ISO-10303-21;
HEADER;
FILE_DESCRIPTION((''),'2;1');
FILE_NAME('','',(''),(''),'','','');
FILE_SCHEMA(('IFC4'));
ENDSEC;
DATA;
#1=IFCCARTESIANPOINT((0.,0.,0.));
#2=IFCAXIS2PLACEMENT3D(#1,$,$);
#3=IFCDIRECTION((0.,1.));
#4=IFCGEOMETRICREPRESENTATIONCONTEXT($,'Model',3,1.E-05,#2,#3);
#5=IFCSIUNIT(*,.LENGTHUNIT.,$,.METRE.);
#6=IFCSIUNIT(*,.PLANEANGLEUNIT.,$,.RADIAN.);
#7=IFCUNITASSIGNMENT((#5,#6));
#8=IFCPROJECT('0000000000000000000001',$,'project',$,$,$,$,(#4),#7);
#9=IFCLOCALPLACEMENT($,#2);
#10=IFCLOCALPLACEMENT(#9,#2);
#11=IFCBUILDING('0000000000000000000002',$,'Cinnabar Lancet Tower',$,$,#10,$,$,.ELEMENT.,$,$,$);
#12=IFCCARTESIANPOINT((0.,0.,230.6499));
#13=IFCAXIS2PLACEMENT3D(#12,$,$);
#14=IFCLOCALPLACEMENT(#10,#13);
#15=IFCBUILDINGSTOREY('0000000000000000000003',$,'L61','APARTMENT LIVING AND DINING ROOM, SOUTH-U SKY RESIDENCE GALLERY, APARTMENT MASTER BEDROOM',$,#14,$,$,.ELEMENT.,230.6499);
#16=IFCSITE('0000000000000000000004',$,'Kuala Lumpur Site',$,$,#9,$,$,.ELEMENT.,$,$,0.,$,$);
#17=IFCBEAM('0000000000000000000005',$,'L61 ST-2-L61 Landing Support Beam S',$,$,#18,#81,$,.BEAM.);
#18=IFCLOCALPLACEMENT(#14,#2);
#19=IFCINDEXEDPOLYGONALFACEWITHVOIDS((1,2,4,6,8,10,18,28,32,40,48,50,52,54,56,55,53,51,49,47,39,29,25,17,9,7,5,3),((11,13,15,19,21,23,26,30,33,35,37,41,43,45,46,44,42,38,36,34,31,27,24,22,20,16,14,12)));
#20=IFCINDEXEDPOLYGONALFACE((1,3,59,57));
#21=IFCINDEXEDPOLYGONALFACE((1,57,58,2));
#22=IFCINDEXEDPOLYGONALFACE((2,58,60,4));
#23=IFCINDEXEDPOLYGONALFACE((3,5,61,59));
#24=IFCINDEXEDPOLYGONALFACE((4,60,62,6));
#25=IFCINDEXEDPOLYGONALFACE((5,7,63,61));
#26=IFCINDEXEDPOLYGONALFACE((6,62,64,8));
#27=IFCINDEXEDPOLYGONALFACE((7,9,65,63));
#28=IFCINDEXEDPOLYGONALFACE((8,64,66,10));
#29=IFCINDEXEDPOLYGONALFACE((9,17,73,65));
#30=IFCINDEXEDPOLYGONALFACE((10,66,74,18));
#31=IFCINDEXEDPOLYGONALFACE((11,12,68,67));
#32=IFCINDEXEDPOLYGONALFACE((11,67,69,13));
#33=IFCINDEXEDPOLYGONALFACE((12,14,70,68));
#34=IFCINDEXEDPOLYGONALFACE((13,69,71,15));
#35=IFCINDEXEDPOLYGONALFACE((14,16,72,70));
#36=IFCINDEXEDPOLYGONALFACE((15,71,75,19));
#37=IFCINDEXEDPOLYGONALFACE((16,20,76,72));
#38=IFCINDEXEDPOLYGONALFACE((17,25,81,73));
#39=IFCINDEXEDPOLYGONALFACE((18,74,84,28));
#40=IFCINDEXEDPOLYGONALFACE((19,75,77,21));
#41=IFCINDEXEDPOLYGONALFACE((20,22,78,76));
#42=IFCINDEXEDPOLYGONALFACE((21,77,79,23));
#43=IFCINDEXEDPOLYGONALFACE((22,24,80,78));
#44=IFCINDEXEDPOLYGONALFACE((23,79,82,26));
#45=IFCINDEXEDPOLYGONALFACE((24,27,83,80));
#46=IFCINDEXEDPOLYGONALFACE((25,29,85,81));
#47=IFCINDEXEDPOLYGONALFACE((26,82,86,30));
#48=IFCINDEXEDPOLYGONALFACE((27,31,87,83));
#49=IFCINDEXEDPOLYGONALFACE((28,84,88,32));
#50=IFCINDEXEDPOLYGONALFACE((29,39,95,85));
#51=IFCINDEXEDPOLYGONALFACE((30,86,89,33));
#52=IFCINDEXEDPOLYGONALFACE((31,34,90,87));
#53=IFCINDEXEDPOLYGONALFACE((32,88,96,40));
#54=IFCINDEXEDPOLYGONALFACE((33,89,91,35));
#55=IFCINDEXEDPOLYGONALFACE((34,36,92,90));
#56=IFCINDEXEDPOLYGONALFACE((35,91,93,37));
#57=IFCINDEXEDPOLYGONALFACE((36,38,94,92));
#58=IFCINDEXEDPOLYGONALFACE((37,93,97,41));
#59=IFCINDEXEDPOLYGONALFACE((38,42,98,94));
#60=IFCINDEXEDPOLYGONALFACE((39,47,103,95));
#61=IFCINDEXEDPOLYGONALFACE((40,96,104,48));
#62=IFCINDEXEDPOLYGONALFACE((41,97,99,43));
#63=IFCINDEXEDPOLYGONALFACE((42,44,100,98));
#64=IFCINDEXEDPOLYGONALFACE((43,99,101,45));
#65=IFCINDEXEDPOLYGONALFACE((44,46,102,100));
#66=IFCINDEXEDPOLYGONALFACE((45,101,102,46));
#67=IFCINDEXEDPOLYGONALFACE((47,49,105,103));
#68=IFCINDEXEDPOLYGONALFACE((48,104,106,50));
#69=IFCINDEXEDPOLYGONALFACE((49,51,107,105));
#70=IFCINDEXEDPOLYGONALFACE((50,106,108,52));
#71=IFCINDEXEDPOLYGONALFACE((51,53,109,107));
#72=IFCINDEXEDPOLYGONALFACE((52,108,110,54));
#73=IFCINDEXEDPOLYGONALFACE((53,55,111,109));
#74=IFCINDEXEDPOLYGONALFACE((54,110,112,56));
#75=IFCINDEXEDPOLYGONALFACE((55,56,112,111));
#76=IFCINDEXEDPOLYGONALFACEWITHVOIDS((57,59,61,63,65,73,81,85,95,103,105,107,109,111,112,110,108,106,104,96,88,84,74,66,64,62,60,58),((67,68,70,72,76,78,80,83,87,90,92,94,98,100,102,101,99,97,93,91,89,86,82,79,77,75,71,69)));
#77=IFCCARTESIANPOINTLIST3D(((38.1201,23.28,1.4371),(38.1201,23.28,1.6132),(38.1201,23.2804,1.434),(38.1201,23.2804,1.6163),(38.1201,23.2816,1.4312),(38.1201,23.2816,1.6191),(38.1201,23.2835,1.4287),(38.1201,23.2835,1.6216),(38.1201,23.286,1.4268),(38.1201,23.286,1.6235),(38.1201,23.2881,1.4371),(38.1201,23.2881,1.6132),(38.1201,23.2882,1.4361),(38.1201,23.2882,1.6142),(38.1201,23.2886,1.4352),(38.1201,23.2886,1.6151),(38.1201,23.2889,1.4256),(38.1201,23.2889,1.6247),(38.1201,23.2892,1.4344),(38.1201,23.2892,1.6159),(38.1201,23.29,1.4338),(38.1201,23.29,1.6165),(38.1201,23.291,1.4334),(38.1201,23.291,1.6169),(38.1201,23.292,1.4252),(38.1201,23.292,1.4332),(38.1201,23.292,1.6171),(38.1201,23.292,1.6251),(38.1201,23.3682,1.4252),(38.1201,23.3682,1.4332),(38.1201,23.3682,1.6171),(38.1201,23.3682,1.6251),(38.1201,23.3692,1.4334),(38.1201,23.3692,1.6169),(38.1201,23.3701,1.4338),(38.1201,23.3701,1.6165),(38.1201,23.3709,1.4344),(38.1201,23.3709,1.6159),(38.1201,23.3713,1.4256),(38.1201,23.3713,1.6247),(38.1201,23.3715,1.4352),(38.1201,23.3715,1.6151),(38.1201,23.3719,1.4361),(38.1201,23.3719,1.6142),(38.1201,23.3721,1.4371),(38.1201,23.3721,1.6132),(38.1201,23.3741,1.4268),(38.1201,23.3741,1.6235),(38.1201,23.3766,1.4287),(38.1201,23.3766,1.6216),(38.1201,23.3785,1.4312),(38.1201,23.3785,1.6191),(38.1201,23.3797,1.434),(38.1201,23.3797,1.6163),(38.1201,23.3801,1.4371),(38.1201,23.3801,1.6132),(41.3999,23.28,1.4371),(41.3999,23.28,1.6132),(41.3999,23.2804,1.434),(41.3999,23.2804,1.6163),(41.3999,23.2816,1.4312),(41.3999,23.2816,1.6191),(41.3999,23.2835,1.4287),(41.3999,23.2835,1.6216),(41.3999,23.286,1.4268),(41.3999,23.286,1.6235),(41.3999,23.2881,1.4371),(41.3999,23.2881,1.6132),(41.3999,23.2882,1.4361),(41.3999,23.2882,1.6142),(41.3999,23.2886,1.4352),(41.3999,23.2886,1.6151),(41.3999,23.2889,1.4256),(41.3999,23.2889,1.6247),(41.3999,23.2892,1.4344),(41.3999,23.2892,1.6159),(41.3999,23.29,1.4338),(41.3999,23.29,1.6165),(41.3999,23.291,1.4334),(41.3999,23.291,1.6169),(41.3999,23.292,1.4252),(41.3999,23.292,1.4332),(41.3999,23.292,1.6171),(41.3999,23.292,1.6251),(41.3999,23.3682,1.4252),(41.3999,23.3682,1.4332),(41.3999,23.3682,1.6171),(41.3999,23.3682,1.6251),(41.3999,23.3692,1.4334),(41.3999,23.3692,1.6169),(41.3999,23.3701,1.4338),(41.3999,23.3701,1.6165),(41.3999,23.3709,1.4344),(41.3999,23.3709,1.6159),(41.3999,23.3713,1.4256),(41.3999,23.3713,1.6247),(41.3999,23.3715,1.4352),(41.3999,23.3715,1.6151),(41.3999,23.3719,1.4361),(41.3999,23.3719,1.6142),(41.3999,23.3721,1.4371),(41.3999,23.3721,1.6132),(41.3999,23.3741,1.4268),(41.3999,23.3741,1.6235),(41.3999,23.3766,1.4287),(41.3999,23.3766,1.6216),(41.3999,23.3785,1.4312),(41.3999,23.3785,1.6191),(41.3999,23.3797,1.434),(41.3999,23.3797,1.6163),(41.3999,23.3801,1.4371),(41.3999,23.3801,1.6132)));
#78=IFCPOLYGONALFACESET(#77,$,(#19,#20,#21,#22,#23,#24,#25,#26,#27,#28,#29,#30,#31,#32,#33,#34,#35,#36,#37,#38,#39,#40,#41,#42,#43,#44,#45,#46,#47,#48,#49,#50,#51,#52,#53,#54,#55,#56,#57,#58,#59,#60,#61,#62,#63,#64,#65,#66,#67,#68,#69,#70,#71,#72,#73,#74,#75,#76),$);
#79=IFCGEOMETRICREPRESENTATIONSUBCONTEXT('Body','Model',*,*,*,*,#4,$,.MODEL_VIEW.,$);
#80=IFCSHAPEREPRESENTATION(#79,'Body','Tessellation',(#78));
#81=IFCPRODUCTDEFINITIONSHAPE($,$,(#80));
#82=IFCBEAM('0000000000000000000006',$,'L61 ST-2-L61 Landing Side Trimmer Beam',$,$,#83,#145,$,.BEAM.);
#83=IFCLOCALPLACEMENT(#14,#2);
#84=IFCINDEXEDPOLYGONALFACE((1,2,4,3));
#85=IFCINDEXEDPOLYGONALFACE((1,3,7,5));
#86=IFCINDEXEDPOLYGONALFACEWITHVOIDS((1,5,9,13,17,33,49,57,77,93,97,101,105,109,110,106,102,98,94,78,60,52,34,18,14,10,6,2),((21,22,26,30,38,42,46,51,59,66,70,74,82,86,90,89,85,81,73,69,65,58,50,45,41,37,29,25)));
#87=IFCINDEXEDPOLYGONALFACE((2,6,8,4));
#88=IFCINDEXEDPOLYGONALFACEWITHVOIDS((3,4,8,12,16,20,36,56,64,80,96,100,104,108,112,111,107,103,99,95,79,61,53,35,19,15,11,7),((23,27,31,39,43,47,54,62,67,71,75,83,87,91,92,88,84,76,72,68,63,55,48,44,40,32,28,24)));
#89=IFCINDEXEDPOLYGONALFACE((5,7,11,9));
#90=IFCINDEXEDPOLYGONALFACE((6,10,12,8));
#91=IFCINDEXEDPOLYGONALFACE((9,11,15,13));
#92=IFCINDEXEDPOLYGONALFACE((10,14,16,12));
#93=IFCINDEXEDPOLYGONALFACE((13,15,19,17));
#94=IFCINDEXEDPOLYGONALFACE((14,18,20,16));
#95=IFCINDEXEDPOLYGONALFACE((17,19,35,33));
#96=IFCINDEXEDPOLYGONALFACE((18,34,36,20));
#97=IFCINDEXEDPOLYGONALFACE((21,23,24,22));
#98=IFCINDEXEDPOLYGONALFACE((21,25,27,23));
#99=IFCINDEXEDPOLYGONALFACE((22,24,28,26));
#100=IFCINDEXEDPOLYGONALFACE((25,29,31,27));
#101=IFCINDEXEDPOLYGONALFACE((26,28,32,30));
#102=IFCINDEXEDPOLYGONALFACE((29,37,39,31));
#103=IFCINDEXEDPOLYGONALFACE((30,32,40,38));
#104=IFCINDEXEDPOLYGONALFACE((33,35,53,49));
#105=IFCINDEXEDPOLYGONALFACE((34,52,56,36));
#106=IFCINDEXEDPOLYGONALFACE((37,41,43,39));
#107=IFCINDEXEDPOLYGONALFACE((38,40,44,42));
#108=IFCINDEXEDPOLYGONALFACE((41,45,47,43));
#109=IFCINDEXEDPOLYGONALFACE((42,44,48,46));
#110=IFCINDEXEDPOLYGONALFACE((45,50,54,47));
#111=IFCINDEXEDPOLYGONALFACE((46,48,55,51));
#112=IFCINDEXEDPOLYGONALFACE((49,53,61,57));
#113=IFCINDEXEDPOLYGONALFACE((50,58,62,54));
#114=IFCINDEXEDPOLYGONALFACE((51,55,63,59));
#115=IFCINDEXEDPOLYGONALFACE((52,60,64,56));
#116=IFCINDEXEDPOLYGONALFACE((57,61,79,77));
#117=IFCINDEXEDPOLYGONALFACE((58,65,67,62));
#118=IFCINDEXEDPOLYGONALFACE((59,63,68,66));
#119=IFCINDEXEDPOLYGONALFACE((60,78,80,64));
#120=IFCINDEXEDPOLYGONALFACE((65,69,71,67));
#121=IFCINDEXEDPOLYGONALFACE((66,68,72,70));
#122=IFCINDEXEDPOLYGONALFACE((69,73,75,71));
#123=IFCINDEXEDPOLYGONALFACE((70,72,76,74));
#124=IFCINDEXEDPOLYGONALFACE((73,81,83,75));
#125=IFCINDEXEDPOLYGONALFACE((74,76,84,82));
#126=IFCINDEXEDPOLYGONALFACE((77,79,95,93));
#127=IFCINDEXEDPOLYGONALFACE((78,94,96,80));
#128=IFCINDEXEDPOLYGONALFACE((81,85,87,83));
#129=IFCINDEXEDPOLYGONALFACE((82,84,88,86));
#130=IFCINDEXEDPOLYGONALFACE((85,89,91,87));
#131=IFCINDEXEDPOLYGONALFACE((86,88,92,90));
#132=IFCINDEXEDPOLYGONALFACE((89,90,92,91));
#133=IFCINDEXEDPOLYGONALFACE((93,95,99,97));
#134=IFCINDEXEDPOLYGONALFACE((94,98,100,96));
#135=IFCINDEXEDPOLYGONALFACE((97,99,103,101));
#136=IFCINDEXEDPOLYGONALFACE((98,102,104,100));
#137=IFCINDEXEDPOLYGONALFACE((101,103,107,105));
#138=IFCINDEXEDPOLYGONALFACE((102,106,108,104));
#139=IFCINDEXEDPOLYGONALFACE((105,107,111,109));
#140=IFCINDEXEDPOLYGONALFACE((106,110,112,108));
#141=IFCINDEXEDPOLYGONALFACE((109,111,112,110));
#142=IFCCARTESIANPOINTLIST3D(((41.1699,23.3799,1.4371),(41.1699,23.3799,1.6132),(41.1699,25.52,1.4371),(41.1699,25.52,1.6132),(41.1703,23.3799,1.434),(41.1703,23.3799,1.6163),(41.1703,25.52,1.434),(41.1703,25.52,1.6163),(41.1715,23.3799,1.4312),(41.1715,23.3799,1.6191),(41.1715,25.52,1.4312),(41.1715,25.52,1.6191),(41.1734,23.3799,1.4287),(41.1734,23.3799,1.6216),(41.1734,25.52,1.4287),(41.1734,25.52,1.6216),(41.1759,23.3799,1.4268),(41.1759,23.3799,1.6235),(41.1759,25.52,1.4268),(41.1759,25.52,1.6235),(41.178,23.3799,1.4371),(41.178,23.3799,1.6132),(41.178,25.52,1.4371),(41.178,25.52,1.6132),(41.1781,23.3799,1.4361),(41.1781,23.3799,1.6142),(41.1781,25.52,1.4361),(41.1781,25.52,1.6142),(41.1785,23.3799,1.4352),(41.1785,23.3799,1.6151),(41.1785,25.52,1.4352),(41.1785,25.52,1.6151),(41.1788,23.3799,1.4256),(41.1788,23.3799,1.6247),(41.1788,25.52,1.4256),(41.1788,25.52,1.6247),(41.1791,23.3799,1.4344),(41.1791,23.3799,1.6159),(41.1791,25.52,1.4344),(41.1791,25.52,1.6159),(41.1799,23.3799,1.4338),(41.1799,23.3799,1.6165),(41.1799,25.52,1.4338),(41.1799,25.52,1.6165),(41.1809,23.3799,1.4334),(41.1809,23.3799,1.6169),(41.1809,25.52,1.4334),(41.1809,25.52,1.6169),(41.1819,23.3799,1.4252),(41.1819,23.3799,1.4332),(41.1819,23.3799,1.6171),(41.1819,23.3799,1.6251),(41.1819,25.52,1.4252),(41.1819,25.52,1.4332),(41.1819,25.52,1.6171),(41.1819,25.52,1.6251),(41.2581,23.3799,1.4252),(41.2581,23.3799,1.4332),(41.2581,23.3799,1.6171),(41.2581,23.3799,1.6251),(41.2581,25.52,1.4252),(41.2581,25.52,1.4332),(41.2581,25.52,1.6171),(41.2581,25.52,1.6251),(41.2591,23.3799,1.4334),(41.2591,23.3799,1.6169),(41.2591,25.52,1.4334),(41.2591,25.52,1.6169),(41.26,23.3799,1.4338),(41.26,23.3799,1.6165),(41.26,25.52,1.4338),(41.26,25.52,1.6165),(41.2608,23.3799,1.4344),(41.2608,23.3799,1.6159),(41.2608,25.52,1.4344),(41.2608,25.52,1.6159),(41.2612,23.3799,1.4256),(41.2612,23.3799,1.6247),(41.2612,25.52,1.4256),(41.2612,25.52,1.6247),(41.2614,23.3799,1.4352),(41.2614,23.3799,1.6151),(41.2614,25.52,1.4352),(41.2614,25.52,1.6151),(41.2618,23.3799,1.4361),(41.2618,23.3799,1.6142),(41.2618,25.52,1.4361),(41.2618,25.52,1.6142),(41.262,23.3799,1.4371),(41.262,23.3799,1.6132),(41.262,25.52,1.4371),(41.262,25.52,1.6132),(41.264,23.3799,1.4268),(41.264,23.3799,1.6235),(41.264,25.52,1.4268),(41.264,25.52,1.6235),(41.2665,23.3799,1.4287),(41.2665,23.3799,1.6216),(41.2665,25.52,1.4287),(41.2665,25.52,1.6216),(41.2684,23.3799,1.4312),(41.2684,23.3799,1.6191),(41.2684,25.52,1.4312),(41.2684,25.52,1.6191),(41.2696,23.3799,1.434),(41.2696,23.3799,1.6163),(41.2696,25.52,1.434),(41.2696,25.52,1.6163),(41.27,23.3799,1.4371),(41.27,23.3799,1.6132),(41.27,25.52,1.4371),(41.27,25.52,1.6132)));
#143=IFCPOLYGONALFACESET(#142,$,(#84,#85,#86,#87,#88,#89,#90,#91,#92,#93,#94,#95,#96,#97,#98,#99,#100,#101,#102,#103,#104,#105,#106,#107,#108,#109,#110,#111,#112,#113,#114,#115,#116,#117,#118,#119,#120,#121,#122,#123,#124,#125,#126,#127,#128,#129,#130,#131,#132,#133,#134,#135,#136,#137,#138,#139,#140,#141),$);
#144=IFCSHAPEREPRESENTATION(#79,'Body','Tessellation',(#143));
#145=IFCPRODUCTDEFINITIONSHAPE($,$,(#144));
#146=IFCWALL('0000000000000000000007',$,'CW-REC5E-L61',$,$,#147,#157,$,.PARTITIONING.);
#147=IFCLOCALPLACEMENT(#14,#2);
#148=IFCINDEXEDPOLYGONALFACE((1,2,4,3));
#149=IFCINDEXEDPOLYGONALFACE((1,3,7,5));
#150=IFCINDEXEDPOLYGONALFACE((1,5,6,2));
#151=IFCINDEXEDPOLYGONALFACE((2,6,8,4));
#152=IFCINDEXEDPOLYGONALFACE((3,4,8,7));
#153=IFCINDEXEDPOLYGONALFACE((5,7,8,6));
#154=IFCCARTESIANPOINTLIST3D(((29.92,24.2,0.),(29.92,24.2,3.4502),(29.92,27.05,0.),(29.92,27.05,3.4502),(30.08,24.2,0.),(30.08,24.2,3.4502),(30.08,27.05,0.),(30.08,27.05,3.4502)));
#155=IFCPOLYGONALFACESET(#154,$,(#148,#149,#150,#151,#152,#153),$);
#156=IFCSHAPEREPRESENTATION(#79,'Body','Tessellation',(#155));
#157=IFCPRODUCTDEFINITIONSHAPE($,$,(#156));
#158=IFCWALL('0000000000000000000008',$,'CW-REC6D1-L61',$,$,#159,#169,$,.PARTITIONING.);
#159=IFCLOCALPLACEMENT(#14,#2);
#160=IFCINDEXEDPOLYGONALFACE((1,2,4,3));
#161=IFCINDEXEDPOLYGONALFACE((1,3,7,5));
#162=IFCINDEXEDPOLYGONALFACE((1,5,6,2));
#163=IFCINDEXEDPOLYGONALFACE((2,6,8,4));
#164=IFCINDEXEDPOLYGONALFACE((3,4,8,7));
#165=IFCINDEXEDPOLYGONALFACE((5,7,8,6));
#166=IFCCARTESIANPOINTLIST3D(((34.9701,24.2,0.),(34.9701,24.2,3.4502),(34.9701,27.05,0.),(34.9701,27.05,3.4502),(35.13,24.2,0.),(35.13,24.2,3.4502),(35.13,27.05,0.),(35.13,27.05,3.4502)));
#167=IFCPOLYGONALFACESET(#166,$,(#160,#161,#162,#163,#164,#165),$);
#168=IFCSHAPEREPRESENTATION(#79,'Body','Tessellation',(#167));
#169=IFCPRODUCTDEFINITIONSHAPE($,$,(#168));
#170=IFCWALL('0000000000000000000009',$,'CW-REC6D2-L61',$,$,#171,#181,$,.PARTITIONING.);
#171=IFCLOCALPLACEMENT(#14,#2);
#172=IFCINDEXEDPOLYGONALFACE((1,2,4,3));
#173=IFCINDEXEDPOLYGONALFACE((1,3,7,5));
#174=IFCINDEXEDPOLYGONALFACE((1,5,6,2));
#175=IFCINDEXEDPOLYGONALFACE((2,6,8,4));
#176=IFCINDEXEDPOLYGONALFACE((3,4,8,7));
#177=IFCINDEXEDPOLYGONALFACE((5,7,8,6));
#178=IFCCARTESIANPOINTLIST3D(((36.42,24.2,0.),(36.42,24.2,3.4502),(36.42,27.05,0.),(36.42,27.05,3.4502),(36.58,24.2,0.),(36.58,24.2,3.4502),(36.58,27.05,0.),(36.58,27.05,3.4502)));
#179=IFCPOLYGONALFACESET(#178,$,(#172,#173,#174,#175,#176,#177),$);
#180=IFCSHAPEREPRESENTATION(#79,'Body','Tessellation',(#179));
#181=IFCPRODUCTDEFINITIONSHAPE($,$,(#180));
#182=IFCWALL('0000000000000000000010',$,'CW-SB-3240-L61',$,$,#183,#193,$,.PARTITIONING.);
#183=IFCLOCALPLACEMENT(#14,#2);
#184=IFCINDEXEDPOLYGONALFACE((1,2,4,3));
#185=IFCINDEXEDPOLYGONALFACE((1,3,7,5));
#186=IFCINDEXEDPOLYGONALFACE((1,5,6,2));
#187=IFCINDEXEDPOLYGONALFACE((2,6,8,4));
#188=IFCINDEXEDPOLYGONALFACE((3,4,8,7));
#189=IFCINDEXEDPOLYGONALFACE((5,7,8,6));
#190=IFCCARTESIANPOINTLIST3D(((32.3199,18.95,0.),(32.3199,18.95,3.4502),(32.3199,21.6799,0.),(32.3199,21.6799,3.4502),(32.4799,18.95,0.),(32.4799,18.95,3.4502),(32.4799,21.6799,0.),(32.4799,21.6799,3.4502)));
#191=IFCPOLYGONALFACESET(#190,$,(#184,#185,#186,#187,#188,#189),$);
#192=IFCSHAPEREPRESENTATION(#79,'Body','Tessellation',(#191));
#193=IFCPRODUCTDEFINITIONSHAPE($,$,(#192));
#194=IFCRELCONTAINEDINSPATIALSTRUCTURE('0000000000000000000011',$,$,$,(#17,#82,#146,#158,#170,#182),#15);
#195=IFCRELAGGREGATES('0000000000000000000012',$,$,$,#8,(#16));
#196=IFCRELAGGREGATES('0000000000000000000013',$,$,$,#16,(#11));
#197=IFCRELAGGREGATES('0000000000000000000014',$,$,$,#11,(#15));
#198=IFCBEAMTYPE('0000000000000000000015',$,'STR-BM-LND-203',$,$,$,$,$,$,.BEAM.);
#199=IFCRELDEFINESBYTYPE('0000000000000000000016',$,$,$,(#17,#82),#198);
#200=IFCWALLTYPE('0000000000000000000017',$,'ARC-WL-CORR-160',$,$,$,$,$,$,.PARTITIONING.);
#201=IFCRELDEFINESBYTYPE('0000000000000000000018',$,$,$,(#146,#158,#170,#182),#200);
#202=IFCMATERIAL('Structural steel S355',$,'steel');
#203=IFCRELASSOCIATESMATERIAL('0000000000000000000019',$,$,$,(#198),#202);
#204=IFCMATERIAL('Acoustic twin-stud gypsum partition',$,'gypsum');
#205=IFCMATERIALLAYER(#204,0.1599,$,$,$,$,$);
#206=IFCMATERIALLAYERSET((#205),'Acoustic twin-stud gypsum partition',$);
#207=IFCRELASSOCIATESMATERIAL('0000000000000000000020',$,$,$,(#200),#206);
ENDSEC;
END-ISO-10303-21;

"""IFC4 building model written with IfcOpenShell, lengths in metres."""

from ifc_helpers import new_model, si_unit, direction, frame, frame_2d, origin, origin_2d, place, context, subcontext, project, spatial, rectangle, hollow_rectangle, extrude, material, layer, layer_set, material_profile, profile_set, type_object, element, save


model = new_model("IFC4")

# Units and contexts
model_context = context("Model", 3, precision=1e-05, world=origin(), true_north=direction((0.0, 1.0)))
body_context = subcontext(model_context, "Body", "Model", "MODEL_VIEW")
ifc_project = project(units=[si_unit("LENGTHUNIT", "METRE"), si_unit("PLANEANGLEUNIT", "RADIAN")], contexts=[model_context])

# Site, building, storey
site_placement = place(None, origin())
site = spatial("IfcSite", under=ifc_project, at=site_placement, Name="Kuala Lumpur Site", CompositionType="ELEMENT", RefElevation=0.0)
building_placement = place(site_placement, origin())
building = spatial("IfcBuilding", under=site, at=building_placement, Name="Cinnabar Lancet Tower", CompositionType="ELEMENT")
storey_placement = place(building_placement, frame((0.0, 0.0, 230.6499)))
storey = spatial("IfcBuildingStorey", under=building, at=storey_placement, Name="L61", Description="APARTMENT LIVING AND DINING ROOM, SOUTH-U SKY RESIDENCE GALLERY, APARTMENT MASTER BEDROOM", CompositionType="ELEMENT", Elevation=230.6499)

# Beams
ifc_material_1 = material(Name="Structural steel S355", Category="steel")
ifc_material_profile_1 = material_profile(ifc_material_1, hollow_rectangle(XDim=0.1001, YDim=0.2, WallThickness=0.0081, InnerFilletRadius=0.0039, OuterFilletRadius=0.012, at=origin_2d()), Name="RHS 200x100x8")
ifc_profile_set_1 = profile_set([ifc_material_profile_1], Name="Structural steel S355")
beam_type_1 = type_object("IfcBeamType", Name="STR-BM-LND-203", PredefinedType="BEAM", material=ifc_profile_set_1)
beam_1_placement = place(storey_placement, frame((38.1201, 23.3301, 1.5251), z_axis=(1.0, 0.0, 0.0), x_axis=(0.0, 1.0, 0.0)))
element("IfcBeam", 1, at=beam_1_placement, inside=storey, type_object=beam_type_1, Name="L61 ST-2-L61 Landing Support Beam S", PredefinedType="BEAM", context=body_context, shape_type="SweptSolid", body=[
    extrude(hollow_rectangle(XDim=0.1001, YDim=0.2, WallThickness=0.0081, InnerFilletRadius=0.0039, OuterFilletRadius=0.012, at=origin_2d()), origin(), (0.0, 0.0, 1.0), 3.2798),
])
beam_2_placement = place(storey_placement, frame((41.22, 23.3799, 1.5251), z_axis=(0.0, 1.0, 0.0), x_axis=(-1.0, 0.0, 0.0)))
element("IfcBeam", 2, at=beam_2_placement, inside=storey, type_object=beam_type_1, Name="L61 ST-2-L61 Landing Side Trimmer Beam", PredefinedType="BEAM", context=body_context, shape_type="SweptSolid", body=[
    extrude(hollow_rectangle(XDim=0.1001, YDim=0.2, WallThickness=0.0081, InnerFilletRadius=0.0039, OuterFilletRadius=0.012, at=origin_2d()), origin(), (0.0, 0.0, 1.0), 2.1401),
])

# Walls
ifc_material_2 = material(Name="Acoustic twin-stud gypsum partition", Category="gypsum")
ifc_layer_1 = layer(ifc_material_2, 0.1599)
ifc_layer_set_1 = layer_set([ifc_layer_1], Name="Acoustic twin-stud gypsum partition")
wall_type_1 = type_object("IfcWallType", Name="ARC-WL-CORR-160", PredefinedType="PARTITIONING", material=ifc_layer_set_1)
for number, where, z_axis, x_axis, name in (
    (3, (30.0, 24.2, 0.0), (0.0, 0.0, 1.0), (0.0, 1.0, 0.0), "CW-REC5E-L61"),
    (4, (35.05, 24.2, 0.0), (0.0, 0.0, 1.0), (0.0, 1.0, 0.0), "CW-REC6D1-L61"),
    (5, (36.5, 24.2, 0.0), (0.0, 0.0, 1.0), (0.0, 1.0, 0.0), "CW-REC6D2-L61"),
):
    element("IfcWall", number, at=place(storey_placement, frame(where, z_axis=z_axis, x_axis=x_axis)), inside=storey, type_object=wall_type_1, Name=name, PredefinedType="PARTITIONING", context=body_context, shape_type="SweptSolid", body=[
        extrude(rectangle(XDim=2.8501, YDim=0.1599, at=frame_2d((1.425, 0.0))), origin(), (0.0, 0.0, 1.0), 3.4502),
    ])
wall_1_placement = place(storey_placement, frame((32.3999, 18.95, 0.0), z_axis=(0.0, 0.0, 1.0), x_axis=(0.0, 1.0, 0.0)))
element("IfcWall", 6, at=wall_1_placement, inside=storey, type_object=wall_type_1, Name="CW-SB-3240-L61", PredefinedType="PARTITIONING", context=body_context, shape_type="SweptSolid", body=[
    extrude(rectangle(XDim=2.73, YDim=0.1599, at=frame_2d((1.365, 0.0))), origin(), (0.0, 0.0, 1.0), 3.4502),
])

save(model, "model.ifc")
